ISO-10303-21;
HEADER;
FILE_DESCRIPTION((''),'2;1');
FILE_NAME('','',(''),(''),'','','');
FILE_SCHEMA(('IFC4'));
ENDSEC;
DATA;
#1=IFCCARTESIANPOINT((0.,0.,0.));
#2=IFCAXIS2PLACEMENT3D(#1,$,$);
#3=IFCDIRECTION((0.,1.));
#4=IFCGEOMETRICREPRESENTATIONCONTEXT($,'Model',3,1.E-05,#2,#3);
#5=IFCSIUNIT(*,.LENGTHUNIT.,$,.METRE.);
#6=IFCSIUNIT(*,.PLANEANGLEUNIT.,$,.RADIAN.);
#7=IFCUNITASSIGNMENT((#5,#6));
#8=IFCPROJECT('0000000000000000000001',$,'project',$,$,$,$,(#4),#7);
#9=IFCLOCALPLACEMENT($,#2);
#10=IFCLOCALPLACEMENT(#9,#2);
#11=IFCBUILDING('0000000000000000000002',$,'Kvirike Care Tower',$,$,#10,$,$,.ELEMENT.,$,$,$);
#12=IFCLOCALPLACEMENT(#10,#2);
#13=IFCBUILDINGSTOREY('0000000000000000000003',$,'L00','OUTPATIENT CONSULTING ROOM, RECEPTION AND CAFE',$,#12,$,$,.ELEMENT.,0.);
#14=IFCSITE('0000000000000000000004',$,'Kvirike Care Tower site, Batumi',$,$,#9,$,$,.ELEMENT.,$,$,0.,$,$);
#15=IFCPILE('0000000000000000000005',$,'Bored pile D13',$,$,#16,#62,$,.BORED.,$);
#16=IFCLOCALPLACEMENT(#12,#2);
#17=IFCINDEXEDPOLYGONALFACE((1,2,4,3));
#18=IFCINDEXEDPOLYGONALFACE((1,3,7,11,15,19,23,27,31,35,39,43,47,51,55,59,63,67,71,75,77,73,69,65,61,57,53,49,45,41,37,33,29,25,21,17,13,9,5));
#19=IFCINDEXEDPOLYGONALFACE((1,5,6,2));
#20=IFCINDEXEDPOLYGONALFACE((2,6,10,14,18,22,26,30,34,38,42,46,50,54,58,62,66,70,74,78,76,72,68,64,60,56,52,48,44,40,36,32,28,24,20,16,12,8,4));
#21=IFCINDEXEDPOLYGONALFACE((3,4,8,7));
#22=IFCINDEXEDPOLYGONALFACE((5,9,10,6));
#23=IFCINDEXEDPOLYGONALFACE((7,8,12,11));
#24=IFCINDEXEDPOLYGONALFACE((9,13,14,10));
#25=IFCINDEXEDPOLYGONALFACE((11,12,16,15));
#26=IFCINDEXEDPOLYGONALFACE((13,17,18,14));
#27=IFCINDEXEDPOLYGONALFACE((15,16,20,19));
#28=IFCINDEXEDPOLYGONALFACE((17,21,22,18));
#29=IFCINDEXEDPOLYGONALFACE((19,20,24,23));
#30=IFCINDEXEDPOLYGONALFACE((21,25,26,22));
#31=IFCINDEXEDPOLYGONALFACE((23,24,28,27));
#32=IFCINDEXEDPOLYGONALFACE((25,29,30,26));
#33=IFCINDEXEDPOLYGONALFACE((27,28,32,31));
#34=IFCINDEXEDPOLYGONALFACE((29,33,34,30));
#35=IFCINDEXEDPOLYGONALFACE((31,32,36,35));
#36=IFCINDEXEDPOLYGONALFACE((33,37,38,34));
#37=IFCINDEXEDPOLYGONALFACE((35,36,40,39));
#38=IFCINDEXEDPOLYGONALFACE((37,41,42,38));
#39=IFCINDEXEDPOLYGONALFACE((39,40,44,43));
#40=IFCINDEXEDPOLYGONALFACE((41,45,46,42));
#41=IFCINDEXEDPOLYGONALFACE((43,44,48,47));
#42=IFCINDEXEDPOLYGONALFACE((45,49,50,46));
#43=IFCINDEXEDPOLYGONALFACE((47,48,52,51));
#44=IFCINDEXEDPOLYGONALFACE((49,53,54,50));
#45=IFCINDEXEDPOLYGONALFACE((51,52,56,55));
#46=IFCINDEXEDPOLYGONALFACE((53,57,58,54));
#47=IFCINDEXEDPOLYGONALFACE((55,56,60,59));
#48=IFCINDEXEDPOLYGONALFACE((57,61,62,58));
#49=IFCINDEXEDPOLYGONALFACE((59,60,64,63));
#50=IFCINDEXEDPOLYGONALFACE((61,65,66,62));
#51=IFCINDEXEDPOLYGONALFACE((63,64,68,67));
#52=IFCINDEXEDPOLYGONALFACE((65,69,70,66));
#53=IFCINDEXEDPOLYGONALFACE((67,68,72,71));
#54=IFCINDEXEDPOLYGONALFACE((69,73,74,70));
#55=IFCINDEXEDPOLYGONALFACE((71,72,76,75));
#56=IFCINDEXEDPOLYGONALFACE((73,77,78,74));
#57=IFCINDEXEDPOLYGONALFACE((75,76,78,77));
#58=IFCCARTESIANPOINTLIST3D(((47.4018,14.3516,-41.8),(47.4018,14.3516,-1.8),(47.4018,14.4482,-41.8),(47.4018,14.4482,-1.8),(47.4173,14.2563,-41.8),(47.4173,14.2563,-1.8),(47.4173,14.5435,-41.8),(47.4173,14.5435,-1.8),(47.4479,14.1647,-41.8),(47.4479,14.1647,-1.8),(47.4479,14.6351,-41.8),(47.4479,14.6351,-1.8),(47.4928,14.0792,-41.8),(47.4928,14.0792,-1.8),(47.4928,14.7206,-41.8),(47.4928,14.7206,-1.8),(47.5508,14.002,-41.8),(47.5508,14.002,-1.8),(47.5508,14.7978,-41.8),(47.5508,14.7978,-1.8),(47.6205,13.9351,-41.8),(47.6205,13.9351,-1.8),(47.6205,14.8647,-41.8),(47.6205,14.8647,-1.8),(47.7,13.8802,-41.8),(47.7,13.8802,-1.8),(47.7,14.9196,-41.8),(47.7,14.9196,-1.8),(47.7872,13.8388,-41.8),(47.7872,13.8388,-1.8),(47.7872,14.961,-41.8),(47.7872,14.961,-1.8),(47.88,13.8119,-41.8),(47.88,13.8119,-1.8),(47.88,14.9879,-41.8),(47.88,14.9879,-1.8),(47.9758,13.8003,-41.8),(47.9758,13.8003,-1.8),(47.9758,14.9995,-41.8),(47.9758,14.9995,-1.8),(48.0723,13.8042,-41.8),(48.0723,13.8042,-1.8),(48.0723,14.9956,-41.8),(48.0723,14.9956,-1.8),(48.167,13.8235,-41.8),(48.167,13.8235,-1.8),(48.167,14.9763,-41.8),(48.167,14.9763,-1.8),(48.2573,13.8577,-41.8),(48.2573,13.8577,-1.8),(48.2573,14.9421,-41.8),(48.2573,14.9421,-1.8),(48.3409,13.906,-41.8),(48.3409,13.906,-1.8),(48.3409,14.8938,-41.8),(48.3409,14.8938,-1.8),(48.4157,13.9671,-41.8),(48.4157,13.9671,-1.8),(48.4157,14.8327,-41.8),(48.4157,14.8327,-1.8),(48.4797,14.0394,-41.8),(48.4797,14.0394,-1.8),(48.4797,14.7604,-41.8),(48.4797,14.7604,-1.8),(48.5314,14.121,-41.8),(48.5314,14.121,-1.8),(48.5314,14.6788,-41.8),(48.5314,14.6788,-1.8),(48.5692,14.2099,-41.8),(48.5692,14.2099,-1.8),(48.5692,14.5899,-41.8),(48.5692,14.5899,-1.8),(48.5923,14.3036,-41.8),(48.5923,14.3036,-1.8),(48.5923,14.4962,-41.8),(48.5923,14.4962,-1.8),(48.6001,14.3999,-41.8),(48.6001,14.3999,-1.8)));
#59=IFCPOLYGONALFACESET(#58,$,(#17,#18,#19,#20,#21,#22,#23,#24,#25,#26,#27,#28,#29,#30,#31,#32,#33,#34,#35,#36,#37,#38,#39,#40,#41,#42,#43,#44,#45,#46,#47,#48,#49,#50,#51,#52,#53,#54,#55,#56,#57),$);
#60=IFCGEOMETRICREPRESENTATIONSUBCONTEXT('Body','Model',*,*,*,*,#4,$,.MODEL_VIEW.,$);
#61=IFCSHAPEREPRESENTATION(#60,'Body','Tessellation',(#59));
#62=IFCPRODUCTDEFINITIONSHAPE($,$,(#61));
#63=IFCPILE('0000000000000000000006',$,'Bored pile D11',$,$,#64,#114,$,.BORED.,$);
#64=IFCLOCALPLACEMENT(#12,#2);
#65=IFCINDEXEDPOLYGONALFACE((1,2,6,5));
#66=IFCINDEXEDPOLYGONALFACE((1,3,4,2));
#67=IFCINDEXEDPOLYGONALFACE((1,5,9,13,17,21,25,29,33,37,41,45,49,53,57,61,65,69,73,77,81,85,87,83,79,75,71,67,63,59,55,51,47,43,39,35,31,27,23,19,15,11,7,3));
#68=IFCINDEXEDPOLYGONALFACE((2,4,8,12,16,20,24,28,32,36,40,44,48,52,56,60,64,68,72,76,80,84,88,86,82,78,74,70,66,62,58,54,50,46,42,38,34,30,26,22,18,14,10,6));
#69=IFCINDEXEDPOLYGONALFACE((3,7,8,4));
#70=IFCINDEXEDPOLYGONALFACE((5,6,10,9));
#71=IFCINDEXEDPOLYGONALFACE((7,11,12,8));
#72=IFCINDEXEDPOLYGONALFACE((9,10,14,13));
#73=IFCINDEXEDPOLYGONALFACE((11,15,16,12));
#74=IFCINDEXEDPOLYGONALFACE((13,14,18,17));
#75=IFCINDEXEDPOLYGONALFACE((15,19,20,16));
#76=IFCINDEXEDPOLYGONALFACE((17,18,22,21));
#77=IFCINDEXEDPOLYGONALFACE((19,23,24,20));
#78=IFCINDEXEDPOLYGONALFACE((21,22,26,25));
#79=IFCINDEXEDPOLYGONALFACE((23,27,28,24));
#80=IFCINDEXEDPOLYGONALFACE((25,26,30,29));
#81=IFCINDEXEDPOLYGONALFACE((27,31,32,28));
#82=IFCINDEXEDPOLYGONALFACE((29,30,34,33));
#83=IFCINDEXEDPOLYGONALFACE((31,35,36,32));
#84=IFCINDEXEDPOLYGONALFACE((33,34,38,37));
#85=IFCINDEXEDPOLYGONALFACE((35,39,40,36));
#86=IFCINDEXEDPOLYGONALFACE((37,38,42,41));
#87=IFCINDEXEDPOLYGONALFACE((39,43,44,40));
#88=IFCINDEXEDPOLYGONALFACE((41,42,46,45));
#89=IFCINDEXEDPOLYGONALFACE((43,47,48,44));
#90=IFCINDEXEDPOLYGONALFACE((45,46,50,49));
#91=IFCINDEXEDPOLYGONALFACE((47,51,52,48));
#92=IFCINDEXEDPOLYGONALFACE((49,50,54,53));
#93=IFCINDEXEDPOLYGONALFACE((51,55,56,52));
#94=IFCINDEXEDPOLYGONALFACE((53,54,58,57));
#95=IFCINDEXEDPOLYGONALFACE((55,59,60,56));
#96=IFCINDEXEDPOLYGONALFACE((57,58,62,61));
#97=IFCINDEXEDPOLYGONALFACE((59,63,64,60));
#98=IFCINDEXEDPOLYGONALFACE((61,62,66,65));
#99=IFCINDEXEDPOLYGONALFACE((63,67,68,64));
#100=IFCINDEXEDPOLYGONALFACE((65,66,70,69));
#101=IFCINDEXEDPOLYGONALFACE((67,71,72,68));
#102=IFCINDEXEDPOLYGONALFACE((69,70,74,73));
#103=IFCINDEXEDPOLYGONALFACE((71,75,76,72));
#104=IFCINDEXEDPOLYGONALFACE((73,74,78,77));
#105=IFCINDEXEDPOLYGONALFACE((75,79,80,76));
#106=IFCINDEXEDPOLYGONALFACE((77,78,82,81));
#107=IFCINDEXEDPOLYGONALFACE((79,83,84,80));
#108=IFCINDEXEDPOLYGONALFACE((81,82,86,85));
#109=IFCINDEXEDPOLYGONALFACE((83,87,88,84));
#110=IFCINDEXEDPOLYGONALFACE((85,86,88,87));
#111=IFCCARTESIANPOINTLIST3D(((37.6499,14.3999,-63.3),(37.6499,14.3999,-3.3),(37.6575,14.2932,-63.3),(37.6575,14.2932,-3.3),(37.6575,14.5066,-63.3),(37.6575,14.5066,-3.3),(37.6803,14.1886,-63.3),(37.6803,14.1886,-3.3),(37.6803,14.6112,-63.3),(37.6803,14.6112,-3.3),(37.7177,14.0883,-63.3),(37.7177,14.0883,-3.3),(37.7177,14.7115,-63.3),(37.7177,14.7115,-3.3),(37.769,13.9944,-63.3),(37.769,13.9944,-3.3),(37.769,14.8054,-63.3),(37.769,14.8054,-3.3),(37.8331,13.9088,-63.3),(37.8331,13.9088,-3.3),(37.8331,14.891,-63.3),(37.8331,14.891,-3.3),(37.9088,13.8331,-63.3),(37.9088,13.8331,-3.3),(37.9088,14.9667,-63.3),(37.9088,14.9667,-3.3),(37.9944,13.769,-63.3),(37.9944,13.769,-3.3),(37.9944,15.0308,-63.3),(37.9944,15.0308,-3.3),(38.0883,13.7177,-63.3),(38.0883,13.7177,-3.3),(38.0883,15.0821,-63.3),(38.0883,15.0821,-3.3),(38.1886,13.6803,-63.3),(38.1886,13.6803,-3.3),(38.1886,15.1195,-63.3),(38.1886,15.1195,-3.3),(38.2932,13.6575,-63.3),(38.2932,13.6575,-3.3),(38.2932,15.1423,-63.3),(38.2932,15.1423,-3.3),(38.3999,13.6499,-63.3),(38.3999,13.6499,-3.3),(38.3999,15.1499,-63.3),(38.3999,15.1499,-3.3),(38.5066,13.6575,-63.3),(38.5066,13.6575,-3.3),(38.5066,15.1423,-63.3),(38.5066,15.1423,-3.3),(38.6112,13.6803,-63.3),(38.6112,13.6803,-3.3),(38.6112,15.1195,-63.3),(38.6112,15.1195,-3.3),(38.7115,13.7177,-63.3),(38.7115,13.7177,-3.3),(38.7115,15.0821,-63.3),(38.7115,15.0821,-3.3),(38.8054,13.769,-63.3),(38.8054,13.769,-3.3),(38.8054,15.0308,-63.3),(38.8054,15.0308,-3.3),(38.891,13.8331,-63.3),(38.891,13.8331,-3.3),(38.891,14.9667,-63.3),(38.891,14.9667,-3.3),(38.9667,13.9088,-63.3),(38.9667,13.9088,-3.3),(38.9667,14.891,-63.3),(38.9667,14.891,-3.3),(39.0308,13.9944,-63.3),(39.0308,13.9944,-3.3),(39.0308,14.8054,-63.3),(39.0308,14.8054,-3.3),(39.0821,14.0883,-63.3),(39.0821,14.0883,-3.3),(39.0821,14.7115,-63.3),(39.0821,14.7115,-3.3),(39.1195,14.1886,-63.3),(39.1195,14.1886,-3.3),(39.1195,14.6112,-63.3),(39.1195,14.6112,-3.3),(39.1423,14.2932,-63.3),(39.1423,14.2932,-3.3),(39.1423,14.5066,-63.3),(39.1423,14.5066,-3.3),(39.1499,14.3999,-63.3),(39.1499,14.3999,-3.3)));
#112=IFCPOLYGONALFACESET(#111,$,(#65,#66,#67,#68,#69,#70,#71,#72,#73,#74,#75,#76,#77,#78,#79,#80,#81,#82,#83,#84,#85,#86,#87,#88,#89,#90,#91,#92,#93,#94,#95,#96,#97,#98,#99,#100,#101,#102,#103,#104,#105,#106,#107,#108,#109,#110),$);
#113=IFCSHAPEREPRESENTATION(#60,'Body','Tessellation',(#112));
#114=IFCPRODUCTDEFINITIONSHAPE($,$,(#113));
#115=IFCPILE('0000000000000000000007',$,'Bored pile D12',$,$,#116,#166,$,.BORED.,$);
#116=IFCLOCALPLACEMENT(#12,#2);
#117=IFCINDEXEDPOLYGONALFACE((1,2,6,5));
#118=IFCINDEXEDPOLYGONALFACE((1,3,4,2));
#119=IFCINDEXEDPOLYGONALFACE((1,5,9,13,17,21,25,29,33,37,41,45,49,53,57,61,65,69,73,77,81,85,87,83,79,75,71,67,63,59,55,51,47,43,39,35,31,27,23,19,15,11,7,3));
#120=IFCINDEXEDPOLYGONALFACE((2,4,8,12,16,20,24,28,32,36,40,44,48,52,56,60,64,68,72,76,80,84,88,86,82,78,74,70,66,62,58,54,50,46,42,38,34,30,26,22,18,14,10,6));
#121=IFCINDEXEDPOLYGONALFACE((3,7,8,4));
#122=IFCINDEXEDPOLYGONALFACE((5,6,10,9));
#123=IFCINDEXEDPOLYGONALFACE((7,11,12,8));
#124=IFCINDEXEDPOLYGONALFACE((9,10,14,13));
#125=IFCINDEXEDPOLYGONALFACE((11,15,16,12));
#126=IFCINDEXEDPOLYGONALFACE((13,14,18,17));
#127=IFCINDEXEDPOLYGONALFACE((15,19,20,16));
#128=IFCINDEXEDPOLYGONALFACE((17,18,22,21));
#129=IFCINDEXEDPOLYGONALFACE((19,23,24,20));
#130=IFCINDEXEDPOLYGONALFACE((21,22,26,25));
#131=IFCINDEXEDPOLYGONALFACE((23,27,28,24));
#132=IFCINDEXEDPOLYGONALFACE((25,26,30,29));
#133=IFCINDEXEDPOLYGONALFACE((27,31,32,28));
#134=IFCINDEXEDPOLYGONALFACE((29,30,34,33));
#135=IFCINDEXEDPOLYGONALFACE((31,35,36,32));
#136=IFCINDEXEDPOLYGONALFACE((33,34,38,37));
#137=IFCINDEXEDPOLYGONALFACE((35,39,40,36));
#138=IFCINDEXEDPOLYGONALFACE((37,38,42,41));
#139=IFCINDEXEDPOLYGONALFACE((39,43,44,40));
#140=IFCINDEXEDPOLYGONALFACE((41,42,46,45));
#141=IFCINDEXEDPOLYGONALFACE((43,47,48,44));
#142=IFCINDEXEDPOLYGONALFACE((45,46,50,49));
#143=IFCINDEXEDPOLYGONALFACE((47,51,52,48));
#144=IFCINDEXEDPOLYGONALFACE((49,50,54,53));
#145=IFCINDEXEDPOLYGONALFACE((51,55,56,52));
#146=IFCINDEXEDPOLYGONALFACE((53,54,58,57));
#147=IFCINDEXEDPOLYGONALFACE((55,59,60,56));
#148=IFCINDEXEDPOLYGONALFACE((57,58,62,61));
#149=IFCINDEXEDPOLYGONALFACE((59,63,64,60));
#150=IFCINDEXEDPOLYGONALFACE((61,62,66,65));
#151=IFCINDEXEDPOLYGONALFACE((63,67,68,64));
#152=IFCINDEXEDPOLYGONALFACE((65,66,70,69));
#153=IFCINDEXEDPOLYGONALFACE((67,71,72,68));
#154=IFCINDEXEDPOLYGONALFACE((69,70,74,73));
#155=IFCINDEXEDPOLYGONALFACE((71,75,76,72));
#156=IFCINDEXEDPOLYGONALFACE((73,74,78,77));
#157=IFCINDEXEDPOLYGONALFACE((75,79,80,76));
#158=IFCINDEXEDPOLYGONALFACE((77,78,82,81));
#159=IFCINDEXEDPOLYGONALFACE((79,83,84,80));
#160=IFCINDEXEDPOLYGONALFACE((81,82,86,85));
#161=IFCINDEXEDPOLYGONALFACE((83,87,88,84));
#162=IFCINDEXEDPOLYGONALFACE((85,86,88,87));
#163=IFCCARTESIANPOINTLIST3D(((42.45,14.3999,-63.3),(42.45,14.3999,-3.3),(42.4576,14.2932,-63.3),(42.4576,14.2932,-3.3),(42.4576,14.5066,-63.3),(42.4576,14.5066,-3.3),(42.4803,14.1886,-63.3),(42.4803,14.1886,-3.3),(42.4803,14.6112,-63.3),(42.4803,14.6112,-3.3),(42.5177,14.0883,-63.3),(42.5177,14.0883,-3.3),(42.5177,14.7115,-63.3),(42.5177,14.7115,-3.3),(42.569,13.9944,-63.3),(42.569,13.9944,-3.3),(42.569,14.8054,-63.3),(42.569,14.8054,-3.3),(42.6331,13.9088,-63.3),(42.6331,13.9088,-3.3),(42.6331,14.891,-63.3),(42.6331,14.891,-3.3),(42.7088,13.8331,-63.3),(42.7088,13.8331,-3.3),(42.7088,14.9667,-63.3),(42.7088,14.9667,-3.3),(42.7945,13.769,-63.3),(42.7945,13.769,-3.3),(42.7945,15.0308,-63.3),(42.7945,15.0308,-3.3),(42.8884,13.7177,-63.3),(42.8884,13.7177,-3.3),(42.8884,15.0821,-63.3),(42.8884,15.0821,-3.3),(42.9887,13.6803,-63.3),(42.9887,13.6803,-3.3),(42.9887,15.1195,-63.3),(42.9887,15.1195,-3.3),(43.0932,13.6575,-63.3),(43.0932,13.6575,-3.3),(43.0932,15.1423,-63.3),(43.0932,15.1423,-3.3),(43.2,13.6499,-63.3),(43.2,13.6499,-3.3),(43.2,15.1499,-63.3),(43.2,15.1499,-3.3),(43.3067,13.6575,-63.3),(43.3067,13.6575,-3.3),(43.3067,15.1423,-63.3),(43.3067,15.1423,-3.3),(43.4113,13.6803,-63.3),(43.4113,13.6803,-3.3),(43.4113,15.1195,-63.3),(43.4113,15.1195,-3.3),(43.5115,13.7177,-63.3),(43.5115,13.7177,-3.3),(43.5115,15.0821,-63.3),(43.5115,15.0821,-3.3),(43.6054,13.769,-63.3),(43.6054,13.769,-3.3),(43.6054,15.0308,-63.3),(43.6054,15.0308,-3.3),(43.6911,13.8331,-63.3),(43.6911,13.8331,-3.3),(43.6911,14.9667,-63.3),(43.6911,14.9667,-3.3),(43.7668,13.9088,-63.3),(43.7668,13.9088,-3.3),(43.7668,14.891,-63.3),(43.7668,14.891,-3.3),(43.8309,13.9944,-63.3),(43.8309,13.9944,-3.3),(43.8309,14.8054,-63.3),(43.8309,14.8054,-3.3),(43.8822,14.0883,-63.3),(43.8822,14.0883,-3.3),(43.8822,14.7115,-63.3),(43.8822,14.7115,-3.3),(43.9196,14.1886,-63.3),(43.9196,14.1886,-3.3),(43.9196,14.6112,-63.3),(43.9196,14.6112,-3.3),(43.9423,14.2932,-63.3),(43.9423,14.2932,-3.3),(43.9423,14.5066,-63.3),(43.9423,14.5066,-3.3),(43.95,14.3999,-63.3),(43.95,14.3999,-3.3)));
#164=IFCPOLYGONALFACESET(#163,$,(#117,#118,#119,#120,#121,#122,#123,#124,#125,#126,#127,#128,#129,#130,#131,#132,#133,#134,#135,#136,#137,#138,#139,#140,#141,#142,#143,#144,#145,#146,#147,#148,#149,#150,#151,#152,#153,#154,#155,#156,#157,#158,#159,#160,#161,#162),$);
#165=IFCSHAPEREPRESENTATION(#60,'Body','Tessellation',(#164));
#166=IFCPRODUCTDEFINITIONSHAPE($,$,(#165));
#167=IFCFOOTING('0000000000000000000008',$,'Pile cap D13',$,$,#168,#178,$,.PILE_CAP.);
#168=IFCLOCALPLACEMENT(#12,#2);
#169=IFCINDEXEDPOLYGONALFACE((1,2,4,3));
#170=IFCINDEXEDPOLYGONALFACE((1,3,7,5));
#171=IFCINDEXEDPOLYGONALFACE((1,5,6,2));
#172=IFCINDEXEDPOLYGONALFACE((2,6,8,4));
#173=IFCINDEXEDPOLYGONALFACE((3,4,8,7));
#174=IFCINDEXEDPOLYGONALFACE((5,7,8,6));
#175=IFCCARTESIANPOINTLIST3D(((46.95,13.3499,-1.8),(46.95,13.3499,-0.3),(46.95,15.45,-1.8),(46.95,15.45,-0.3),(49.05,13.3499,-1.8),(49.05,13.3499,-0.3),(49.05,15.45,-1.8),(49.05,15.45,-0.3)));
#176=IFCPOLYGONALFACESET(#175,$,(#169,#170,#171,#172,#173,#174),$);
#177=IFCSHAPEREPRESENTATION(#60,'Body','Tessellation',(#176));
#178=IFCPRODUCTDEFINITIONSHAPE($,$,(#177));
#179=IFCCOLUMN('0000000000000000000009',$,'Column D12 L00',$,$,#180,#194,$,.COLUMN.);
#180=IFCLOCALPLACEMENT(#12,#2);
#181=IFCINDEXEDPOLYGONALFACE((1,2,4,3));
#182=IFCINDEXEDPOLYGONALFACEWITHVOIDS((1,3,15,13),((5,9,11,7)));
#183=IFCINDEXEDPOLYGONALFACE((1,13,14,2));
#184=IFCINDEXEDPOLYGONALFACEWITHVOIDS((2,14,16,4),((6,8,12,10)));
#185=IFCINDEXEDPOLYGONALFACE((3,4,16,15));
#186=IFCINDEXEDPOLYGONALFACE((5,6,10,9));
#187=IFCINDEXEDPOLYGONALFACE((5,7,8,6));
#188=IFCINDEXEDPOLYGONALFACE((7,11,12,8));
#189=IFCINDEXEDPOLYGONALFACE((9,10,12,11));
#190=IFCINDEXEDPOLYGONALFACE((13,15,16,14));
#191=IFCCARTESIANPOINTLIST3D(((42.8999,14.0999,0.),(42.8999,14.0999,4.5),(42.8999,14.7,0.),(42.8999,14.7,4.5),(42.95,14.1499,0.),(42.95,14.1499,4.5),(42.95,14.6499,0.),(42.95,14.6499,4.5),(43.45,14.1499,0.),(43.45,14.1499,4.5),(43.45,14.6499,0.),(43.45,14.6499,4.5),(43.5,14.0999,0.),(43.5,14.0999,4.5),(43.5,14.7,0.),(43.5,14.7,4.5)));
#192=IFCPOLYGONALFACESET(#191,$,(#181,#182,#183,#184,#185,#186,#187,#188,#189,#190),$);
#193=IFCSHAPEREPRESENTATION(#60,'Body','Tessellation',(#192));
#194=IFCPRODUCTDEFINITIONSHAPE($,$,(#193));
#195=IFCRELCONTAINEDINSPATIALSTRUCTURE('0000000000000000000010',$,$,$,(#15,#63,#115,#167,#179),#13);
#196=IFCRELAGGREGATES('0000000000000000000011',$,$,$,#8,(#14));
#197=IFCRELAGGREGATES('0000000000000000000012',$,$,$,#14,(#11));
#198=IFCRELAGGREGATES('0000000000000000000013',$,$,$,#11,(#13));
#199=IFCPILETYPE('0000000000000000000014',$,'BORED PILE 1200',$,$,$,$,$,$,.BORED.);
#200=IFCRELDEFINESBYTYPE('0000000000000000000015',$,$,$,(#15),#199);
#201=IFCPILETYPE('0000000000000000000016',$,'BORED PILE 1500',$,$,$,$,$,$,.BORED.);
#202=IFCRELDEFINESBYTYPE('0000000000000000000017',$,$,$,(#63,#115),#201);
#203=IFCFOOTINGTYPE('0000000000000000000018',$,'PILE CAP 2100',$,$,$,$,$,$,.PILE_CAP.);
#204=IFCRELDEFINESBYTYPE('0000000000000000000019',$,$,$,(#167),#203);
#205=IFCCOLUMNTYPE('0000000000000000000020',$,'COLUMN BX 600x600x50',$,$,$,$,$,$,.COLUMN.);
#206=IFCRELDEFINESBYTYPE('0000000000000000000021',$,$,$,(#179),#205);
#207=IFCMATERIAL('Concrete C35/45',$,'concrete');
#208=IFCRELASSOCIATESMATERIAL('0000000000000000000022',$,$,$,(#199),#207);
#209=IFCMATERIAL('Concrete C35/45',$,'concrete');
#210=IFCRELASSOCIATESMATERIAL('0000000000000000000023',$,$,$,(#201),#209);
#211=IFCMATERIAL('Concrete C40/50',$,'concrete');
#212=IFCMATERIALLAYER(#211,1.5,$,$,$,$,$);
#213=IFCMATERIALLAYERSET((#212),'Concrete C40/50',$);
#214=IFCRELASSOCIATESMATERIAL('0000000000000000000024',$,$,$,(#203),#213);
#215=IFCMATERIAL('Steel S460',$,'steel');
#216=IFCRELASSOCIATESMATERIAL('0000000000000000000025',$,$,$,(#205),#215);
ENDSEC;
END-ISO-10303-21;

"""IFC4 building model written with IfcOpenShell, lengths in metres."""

from ifc_helpers import new_model, si_unit, direction, frame, origin, origin_2d, place, context, subcontext, project, spatial, rectangle, hollow_rectangle, circle, extrude, material, layer, layer_set, material_profile, profile_set, type_object, element, save


model = new_model("IFC4")

# Units and contexts
model_context = context("Model", 3, precision=1e-05, world=origin(), true_north=direction((0.0, 1.0)))
body_context = subcontext(model_context, "Body", "Model", "MODEL_VIEW")
ifc_project = project(units=[si_unit("LENGTHUNIT", "METRE"), si_unit("PLANEANGLEUNIT", "RADIAN")], contexts=[model_context])

# Site, building, storey
site_placement = place(None, origin())
site = spatial("IfcSite", under=ifc_project, at=site_placement, Name="Kvirike Care Tower site, Batumi", CompositionType="ELEMENT", RefElevation=0.0)
building_placement = place(site_placement, origin())
building = spatial("IfcBuilding", under=site, at=building_placement, Name="Kvirike Care Tower", CompositionType="ELEMENT")
storey_placement = place(building_placement, origin())
storey = spatial("IfcBuildingStorey", under=building, at=storey_placement, Name="L00", Description="OUTPATIENT CONSULTING ROOM, RECEPTION AND CAFE", CompositionType="ELEMENT", Elevation=0.0)

# Piles
ifc_material_1 = material(Name="Concrete C35/45", Category="concrete")
ifc_material_profile_1 = material_profile(ifc_material_1, circle(Radius=0.6001, at=origin_2d()), Name="BORED PILE 1200")
ifc_profile_set_1 = profile_set([ifc_material_profile_1], Name="Concrete C35/45")
pile_type_1 = type_object("IfcPileType", Name="BORED PILE 1200", PredefinedType="BORED", material=ifc_profile_set_1)
pile_placement = place(storey_placement, frame((48.0, 14.3999, -1.8), z_axis=(0.0, 0.0, -1.0), x_axis=(1.0, 0.0, 0.0)))
element("IfcPile", 1, at=pile_placement, inside=storey, type_object=pile_type_1, Name="Bored pile D13", PredefinedType="BORED", context=body_context, shape_type="SweptSolid", body=[
    extrude(circle(Radius=0.6001, at=origin_2d()), origin(), (0.0, 0.0, 1.0), 40.0),
])
ifc_material_2 = material(Name="Concrete C35/45", Category="concrete")
ifc_material_profile_2 = material_profile(ifc_material_2, circle(Radius=0.75, at=origin_2d()), Name="BORED PILE 1500")
ifc_profile_set_2 = profile_set([ifc_material_profile_2], Name="Concrete C35/45")
pile_type_2 = type_object("IfcPileType", Name="BORED PILE 1500", PredefinedType="BORED", material=ifc_profile_set_2)
for number, where, z_axis, x_axis, name in (
    (2, (38.3999, 14.3999, -3.3), (0.0, 0.0, -1.0), (1.0, 0.0, 0.0), "Bored pile D11"),
    (3, (43.2, 14.3999, -3.3), (0.0, 0.0, -1.0), (1.0, 0.0, 0.0), "Bored pile D12"),
):
    element("IfcPile", number, at=place(storey_placement, frame(where, z_axis=z_axis, x_axis=x_axis)), inside=storey, type_object=pile_type_2, Name=name, PredefinedType="BORED", context=body_context, shape_type="SweptSolid", body=[
        extrude(circle(Radius=0.75, at=origin_2d()), origin(), (0.0, 0.0, 1.0), 60.0),
    ])

# Footing
ifc_material_3 = material(Name="Concrete C40/50", Category="concrete")
ifc_layer_1 = layer(ifc_material_3, 1.5)
ifc_layer_set_1 = layer_set([ifc_layer_1], Name="Concrete C40/50")
footing_type = type_object("IfcFootingType", Name="PILE CAP 2100", PredefinedType="PILE_CAP", material=ifc_layer_set_1)
footing_placement = place(storey_placement, frame((48.0, 14.3999, -1.8), z_axis=(0.0, 0.0, 1.0), x_axis=(1.0, 0.0, 0.0)))
element("IfcFooting", 4, at=footing_placement, inside=storey, type_object=footing_type, Name="Pile cap D13", PredefinedType="PILE_CAP", context=body_context, shape_type="SweptSolid", body=[
    extrude(rectangle(XDim=2.1001, YDim=2.1001, at=origin_2d()), origin(), (0.0, 0.0, 1.0), 1.5),
])

# Column
ifc_material_4 = material(Name="Steel S460", Category="steel")
ifc_material_profile_3 = material_profile(ifc_material_4, hollow_rectangle(XDim=0.6001, YDim=0.6001, WallThickness=0.05, at=origin_2d()), Name="BX 600x600x50")
ifc_profile_set_3 = profile_set([ifc_material_profile_3], Name="Steel S460")
column_type_1 = type_object("IfcColumnType", Name="COLUMN BX 600x600x50", PredefinedType="COLUMN", material=ifc_profile_set_3)
column_1_placement = place(storey_placement, frame((43.2, 14.3999, 0.0), z_axis=(0.0, 0.0, 1.0), x_axis=(0.0, 1.0, 0.0)))
element("IfcColumn", 5, at=column_1_placement, inside=storey, type_object=column_type_1, Name="Column D12 L00", PredefinedType="COLUMN", context=body_context, shape_type="SweptSolid", body=[
    extrude(hollow_rectangle(XDim=0.6001, YDim=0.6001, WallThickness=0.05, at=origin_2d()), origin(), (0.0, 0.0, 1.0), 4.5),
])

save(model, "model.ifc")
